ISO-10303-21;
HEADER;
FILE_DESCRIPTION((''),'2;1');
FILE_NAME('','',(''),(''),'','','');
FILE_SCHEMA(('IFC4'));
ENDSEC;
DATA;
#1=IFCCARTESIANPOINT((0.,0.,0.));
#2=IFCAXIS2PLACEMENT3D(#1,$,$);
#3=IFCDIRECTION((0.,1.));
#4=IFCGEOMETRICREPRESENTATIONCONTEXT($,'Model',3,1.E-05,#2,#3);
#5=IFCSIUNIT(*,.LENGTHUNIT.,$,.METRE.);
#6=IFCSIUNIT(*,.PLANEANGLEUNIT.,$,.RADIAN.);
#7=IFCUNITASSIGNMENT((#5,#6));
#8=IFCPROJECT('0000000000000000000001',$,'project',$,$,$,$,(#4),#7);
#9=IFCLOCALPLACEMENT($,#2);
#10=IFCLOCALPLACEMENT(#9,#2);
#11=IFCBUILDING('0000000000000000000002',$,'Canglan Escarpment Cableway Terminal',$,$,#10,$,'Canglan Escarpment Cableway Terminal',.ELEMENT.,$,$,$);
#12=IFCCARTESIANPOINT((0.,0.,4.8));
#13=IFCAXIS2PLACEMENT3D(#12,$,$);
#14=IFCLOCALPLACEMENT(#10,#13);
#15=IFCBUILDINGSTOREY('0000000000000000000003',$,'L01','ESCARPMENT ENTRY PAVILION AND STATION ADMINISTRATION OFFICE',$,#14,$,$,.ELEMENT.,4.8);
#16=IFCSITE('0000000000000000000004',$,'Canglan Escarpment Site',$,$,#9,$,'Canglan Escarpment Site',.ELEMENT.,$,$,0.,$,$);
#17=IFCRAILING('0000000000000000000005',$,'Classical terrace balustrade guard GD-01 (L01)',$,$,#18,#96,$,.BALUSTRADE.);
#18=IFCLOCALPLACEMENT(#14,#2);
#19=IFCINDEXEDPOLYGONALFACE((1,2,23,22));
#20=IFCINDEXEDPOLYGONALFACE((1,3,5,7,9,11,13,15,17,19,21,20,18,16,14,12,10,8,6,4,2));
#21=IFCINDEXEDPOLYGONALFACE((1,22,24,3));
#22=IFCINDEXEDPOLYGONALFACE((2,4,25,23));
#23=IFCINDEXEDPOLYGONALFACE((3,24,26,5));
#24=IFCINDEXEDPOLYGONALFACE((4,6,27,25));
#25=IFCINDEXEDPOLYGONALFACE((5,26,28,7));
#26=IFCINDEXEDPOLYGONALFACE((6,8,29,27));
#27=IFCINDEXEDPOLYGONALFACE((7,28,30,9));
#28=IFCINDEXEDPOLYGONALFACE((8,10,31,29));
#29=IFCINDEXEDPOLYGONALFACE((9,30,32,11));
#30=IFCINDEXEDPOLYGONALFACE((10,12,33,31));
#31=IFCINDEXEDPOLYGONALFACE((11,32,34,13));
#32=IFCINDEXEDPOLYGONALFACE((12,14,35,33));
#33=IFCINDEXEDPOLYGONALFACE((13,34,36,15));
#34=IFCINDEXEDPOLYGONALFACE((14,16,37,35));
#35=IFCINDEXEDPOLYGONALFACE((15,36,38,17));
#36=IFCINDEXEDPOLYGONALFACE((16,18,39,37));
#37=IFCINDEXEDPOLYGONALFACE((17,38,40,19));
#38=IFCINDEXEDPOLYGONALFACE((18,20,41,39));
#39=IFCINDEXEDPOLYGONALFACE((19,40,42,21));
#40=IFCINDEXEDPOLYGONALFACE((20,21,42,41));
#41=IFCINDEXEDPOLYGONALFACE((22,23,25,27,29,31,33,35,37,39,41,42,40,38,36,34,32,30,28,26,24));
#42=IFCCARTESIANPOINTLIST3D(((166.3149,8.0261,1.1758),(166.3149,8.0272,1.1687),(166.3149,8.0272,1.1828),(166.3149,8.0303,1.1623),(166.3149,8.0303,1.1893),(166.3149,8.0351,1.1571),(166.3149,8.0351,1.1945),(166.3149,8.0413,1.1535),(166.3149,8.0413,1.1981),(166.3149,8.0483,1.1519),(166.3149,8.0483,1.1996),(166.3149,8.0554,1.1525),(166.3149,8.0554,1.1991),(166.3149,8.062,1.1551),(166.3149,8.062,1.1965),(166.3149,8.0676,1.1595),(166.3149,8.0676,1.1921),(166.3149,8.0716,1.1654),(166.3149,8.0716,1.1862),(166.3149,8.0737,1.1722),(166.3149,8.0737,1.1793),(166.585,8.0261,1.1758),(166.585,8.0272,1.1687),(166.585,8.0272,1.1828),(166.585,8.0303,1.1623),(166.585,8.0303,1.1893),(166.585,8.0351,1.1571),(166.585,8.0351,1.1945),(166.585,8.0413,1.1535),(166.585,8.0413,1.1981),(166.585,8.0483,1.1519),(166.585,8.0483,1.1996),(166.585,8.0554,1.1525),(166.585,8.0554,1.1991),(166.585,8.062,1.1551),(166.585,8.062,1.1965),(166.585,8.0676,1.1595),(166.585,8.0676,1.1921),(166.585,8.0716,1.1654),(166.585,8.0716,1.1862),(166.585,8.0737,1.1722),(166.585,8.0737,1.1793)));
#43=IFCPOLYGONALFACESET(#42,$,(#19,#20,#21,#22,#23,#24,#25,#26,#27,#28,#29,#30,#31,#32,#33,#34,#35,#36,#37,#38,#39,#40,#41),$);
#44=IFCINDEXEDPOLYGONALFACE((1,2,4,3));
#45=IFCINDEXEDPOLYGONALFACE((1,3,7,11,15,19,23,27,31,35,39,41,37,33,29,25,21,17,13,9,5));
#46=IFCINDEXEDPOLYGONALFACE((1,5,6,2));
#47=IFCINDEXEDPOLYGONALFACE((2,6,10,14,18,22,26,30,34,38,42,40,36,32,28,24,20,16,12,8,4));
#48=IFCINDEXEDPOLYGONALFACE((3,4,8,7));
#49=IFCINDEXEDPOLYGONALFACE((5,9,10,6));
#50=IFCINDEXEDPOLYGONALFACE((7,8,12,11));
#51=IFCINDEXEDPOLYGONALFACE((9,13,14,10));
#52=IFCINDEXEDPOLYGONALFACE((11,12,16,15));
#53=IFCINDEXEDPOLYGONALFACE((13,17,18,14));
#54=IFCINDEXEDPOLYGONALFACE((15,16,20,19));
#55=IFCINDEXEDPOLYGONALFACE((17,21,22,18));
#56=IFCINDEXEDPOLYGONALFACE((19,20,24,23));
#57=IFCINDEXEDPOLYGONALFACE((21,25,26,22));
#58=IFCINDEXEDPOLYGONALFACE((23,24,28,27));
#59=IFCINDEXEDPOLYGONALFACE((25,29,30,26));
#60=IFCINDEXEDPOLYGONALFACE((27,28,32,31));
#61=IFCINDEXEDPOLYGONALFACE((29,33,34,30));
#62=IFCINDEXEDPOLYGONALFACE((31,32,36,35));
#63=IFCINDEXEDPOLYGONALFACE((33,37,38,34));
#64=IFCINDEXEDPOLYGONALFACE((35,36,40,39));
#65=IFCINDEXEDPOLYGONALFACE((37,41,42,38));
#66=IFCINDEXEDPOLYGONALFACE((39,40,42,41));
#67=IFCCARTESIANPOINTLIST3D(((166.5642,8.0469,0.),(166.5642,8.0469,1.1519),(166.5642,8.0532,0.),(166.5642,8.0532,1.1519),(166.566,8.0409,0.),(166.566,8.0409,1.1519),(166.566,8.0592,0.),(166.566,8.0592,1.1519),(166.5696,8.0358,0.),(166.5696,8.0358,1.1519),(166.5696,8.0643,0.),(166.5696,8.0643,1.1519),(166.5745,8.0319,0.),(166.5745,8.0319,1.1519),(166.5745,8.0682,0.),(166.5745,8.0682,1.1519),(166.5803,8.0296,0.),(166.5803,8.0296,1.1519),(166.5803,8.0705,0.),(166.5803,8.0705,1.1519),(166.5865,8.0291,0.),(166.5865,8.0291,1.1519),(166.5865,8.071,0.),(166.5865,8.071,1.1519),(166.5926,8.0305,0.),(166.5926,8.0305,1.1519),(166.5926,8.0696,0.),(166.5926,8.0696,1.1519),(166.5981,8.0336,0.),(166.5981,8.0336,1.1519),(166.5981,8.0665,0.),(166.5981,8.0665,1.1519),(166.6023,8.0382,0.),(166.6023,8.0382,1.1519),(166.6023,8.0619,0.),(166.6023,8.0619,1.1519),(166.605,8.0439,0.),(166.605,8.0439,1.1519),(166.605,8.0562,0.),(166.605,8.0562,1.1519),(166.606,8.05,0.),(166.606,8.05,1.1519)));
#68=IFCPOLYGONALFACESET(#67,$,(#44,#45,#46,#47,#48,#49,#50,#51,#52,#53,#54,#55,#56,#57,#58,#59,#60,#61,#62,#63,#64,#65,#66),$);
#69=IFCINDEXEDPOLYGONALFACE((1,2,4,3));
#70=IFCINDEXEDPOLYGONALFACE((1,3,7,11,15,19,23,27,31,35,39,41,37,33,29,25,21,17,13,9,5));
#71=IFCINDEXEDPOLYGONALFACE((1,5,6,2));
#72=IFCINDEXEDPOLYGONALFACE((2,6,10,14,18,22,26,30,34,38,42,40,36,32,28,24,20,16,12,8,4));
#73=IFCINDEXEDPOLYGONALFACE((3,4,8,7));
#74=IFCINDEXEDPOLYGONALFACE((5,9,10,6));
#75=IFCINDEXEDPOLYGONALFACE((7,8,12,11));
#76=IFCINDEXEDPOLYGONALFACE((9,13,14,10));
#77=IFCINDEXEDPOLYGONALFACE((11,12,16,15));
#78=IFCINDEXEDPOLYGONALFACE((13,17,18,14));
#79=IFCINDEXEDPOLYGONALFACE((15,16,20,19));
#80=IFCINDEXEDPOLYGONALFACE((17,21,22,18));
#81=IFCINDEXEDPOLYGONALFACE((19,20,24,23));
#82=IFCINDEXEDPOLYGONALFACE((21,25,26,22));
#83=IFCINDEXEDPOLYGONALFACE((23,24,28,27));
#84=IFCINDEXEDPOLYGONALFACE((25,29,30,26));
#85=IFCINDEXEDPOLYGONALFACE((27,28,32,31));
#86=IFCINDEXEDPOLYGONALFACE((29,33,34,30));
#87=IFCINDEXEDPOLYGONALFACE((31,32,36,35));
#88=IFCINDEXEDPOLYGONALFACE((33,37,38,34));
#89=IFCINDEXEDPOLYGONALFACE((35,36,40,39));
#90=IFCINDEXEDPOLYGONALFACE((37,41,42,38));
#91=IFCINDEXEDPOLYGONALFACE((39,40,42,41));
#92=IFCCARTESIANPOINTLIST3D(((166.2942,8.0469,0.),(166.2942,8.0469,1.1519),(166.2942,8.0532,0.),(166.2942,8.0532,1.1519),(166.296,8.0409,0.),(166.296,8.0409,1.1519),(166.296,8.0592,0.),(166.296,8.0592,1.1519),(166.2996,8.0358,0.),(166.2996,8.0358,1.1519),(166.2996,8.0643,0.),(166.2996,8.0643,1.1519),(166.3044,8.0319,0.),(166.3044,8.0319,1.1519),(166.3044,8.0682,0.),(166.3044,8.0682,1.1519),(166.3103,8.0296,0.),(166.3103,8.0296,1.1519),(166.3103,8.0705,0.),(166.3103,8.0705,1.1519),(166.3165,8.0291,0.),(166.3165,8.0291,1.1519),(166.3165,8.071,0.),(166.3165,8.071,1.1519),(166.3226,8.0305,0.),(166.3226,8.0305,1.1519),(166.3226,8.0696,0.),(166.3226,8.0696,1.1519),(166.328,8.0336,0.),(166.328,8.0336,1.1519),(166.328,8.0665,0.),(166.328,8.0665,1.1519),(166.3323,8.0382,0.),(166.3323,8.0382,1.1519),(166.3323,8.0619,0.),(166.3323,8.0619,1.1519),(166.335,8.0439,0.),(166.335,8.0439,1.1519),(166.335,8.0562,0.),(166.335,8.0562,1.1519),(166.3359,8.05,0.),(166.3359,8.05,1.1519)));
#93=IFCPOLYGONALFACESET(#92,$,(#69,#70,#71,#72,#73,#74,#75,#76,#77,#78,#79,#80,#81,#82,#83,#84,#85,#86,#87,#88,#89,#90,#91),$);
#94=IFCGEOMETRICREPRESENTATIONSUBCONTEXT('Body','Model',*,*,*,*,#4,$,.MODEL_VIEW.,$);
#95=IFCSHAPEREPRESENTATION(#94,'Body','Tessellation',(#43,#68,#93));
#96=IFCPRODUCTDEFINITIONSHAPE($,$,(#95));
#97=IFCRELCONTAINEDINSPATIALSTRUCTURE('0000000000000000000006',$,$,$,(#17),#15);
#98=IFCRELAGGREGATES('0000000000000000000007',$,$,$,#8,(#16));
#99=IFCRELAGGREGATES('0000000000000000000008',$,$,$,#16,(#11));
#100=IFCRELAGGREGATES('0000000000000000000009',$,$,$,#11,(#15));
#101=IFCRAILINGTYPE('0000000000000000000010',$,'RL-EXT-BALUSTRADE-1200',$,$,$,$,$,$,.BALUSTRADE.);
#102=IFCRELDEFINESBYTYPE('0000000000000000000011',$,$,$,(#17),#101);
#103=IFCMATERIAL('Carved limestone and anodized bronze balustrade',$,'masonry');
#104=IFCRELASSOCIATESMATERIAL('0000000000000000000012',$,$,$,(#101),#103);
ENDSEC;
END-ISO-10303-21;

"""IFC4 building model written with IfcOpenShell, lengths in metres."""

from ifc_helpers import new_model, si_unit, direction, frame, origin, origin_2d, place, context, subcontext, project, spatial, circle, extrude, material, type_object, element, save


model = new_model("IFC4")

# Units and contexts
model_context = context("Model", 3, precision=1e-05, world=origin(), true_north=direction((0.0, 1.0)))
body_context = subcontext(model_context, "Body", "Model", "MODEL_VIEW")
ifc_project = project(units=[si_unit("LENGTHUNIT", "METRE"), si_unit("PLANEANGLEUNIT", "RADIAN")], contexts=[model_context])

# Site, building, storey
site_placement = place(None, origin())
site = spatial("IfcSite", under=ifc_project, at=site_placement, Name="Canglan Escarpment Site", LongName="Canglan Escarpment Site", CompositionType="ELEMENT", RefElevation=0.0)
building_placement = place(site_placement, origin())
building = spatial("IfcBuilding", under=site, at=building_placement, Name="Canglan Escarpment Cableway Terminal", LongName="Canglan Escarpment Cableway Terminal", CompositionType="ELEMENT")
storey_placement = place(building_placement, frame((0.0, 0.0, 4.8)))
storey = spatial("IfcBuildingStorey", under=building, at=storey_placement, Name="L01", Description="ESCARPMENT ENTRY PAVILION AND STATION ADMINISTRATION OFFICE", CompositionType="ELEMENT", Elevation=4.8)

# Railing
ifc_material_1 = material(Name="Carved limestone and anodized bronze balustrade", Category="masonry")
railing_type = type_object("IfcRailingType", Name="RL-EXT-BALUSTRADE-1200", PredefinedType="BALUSTRADE", material=ifc_material_1)
railing_placement = place(storey_placement, frame((166.585, 8.05, 0.0)))
element("IfcRailing", 1, at=railing_placement, inside=storey, type_object=railing_type, Name="Classical terrace balustrade guard GD-01 (L01)", PredefinedType="BALUSTRADE", context=body_context, shape_type="SweptSolid", body=[
    extrude(circle(Radius=0.0239, at=origin_2d()), frame((0.0, 0.0, 1.1758), z_axis=(-1.0, 0.0, 0.0), x_axis=(0.0, -1.0, 0.0)), (0.0, 0.0, 1.0), 0.27),
    extrude(circle(Radius=0.021, at=origin_2d()), origin(), (0.0, 0.0, 1.0), 1.1519),
    extrude(circle(Radius=0.021, at=origin_2d()), frame((-0.27, 0.0, 0.0)), (0.0, 0.0, 1.0), 1.1519),
])

save(model, "model.ifc")
